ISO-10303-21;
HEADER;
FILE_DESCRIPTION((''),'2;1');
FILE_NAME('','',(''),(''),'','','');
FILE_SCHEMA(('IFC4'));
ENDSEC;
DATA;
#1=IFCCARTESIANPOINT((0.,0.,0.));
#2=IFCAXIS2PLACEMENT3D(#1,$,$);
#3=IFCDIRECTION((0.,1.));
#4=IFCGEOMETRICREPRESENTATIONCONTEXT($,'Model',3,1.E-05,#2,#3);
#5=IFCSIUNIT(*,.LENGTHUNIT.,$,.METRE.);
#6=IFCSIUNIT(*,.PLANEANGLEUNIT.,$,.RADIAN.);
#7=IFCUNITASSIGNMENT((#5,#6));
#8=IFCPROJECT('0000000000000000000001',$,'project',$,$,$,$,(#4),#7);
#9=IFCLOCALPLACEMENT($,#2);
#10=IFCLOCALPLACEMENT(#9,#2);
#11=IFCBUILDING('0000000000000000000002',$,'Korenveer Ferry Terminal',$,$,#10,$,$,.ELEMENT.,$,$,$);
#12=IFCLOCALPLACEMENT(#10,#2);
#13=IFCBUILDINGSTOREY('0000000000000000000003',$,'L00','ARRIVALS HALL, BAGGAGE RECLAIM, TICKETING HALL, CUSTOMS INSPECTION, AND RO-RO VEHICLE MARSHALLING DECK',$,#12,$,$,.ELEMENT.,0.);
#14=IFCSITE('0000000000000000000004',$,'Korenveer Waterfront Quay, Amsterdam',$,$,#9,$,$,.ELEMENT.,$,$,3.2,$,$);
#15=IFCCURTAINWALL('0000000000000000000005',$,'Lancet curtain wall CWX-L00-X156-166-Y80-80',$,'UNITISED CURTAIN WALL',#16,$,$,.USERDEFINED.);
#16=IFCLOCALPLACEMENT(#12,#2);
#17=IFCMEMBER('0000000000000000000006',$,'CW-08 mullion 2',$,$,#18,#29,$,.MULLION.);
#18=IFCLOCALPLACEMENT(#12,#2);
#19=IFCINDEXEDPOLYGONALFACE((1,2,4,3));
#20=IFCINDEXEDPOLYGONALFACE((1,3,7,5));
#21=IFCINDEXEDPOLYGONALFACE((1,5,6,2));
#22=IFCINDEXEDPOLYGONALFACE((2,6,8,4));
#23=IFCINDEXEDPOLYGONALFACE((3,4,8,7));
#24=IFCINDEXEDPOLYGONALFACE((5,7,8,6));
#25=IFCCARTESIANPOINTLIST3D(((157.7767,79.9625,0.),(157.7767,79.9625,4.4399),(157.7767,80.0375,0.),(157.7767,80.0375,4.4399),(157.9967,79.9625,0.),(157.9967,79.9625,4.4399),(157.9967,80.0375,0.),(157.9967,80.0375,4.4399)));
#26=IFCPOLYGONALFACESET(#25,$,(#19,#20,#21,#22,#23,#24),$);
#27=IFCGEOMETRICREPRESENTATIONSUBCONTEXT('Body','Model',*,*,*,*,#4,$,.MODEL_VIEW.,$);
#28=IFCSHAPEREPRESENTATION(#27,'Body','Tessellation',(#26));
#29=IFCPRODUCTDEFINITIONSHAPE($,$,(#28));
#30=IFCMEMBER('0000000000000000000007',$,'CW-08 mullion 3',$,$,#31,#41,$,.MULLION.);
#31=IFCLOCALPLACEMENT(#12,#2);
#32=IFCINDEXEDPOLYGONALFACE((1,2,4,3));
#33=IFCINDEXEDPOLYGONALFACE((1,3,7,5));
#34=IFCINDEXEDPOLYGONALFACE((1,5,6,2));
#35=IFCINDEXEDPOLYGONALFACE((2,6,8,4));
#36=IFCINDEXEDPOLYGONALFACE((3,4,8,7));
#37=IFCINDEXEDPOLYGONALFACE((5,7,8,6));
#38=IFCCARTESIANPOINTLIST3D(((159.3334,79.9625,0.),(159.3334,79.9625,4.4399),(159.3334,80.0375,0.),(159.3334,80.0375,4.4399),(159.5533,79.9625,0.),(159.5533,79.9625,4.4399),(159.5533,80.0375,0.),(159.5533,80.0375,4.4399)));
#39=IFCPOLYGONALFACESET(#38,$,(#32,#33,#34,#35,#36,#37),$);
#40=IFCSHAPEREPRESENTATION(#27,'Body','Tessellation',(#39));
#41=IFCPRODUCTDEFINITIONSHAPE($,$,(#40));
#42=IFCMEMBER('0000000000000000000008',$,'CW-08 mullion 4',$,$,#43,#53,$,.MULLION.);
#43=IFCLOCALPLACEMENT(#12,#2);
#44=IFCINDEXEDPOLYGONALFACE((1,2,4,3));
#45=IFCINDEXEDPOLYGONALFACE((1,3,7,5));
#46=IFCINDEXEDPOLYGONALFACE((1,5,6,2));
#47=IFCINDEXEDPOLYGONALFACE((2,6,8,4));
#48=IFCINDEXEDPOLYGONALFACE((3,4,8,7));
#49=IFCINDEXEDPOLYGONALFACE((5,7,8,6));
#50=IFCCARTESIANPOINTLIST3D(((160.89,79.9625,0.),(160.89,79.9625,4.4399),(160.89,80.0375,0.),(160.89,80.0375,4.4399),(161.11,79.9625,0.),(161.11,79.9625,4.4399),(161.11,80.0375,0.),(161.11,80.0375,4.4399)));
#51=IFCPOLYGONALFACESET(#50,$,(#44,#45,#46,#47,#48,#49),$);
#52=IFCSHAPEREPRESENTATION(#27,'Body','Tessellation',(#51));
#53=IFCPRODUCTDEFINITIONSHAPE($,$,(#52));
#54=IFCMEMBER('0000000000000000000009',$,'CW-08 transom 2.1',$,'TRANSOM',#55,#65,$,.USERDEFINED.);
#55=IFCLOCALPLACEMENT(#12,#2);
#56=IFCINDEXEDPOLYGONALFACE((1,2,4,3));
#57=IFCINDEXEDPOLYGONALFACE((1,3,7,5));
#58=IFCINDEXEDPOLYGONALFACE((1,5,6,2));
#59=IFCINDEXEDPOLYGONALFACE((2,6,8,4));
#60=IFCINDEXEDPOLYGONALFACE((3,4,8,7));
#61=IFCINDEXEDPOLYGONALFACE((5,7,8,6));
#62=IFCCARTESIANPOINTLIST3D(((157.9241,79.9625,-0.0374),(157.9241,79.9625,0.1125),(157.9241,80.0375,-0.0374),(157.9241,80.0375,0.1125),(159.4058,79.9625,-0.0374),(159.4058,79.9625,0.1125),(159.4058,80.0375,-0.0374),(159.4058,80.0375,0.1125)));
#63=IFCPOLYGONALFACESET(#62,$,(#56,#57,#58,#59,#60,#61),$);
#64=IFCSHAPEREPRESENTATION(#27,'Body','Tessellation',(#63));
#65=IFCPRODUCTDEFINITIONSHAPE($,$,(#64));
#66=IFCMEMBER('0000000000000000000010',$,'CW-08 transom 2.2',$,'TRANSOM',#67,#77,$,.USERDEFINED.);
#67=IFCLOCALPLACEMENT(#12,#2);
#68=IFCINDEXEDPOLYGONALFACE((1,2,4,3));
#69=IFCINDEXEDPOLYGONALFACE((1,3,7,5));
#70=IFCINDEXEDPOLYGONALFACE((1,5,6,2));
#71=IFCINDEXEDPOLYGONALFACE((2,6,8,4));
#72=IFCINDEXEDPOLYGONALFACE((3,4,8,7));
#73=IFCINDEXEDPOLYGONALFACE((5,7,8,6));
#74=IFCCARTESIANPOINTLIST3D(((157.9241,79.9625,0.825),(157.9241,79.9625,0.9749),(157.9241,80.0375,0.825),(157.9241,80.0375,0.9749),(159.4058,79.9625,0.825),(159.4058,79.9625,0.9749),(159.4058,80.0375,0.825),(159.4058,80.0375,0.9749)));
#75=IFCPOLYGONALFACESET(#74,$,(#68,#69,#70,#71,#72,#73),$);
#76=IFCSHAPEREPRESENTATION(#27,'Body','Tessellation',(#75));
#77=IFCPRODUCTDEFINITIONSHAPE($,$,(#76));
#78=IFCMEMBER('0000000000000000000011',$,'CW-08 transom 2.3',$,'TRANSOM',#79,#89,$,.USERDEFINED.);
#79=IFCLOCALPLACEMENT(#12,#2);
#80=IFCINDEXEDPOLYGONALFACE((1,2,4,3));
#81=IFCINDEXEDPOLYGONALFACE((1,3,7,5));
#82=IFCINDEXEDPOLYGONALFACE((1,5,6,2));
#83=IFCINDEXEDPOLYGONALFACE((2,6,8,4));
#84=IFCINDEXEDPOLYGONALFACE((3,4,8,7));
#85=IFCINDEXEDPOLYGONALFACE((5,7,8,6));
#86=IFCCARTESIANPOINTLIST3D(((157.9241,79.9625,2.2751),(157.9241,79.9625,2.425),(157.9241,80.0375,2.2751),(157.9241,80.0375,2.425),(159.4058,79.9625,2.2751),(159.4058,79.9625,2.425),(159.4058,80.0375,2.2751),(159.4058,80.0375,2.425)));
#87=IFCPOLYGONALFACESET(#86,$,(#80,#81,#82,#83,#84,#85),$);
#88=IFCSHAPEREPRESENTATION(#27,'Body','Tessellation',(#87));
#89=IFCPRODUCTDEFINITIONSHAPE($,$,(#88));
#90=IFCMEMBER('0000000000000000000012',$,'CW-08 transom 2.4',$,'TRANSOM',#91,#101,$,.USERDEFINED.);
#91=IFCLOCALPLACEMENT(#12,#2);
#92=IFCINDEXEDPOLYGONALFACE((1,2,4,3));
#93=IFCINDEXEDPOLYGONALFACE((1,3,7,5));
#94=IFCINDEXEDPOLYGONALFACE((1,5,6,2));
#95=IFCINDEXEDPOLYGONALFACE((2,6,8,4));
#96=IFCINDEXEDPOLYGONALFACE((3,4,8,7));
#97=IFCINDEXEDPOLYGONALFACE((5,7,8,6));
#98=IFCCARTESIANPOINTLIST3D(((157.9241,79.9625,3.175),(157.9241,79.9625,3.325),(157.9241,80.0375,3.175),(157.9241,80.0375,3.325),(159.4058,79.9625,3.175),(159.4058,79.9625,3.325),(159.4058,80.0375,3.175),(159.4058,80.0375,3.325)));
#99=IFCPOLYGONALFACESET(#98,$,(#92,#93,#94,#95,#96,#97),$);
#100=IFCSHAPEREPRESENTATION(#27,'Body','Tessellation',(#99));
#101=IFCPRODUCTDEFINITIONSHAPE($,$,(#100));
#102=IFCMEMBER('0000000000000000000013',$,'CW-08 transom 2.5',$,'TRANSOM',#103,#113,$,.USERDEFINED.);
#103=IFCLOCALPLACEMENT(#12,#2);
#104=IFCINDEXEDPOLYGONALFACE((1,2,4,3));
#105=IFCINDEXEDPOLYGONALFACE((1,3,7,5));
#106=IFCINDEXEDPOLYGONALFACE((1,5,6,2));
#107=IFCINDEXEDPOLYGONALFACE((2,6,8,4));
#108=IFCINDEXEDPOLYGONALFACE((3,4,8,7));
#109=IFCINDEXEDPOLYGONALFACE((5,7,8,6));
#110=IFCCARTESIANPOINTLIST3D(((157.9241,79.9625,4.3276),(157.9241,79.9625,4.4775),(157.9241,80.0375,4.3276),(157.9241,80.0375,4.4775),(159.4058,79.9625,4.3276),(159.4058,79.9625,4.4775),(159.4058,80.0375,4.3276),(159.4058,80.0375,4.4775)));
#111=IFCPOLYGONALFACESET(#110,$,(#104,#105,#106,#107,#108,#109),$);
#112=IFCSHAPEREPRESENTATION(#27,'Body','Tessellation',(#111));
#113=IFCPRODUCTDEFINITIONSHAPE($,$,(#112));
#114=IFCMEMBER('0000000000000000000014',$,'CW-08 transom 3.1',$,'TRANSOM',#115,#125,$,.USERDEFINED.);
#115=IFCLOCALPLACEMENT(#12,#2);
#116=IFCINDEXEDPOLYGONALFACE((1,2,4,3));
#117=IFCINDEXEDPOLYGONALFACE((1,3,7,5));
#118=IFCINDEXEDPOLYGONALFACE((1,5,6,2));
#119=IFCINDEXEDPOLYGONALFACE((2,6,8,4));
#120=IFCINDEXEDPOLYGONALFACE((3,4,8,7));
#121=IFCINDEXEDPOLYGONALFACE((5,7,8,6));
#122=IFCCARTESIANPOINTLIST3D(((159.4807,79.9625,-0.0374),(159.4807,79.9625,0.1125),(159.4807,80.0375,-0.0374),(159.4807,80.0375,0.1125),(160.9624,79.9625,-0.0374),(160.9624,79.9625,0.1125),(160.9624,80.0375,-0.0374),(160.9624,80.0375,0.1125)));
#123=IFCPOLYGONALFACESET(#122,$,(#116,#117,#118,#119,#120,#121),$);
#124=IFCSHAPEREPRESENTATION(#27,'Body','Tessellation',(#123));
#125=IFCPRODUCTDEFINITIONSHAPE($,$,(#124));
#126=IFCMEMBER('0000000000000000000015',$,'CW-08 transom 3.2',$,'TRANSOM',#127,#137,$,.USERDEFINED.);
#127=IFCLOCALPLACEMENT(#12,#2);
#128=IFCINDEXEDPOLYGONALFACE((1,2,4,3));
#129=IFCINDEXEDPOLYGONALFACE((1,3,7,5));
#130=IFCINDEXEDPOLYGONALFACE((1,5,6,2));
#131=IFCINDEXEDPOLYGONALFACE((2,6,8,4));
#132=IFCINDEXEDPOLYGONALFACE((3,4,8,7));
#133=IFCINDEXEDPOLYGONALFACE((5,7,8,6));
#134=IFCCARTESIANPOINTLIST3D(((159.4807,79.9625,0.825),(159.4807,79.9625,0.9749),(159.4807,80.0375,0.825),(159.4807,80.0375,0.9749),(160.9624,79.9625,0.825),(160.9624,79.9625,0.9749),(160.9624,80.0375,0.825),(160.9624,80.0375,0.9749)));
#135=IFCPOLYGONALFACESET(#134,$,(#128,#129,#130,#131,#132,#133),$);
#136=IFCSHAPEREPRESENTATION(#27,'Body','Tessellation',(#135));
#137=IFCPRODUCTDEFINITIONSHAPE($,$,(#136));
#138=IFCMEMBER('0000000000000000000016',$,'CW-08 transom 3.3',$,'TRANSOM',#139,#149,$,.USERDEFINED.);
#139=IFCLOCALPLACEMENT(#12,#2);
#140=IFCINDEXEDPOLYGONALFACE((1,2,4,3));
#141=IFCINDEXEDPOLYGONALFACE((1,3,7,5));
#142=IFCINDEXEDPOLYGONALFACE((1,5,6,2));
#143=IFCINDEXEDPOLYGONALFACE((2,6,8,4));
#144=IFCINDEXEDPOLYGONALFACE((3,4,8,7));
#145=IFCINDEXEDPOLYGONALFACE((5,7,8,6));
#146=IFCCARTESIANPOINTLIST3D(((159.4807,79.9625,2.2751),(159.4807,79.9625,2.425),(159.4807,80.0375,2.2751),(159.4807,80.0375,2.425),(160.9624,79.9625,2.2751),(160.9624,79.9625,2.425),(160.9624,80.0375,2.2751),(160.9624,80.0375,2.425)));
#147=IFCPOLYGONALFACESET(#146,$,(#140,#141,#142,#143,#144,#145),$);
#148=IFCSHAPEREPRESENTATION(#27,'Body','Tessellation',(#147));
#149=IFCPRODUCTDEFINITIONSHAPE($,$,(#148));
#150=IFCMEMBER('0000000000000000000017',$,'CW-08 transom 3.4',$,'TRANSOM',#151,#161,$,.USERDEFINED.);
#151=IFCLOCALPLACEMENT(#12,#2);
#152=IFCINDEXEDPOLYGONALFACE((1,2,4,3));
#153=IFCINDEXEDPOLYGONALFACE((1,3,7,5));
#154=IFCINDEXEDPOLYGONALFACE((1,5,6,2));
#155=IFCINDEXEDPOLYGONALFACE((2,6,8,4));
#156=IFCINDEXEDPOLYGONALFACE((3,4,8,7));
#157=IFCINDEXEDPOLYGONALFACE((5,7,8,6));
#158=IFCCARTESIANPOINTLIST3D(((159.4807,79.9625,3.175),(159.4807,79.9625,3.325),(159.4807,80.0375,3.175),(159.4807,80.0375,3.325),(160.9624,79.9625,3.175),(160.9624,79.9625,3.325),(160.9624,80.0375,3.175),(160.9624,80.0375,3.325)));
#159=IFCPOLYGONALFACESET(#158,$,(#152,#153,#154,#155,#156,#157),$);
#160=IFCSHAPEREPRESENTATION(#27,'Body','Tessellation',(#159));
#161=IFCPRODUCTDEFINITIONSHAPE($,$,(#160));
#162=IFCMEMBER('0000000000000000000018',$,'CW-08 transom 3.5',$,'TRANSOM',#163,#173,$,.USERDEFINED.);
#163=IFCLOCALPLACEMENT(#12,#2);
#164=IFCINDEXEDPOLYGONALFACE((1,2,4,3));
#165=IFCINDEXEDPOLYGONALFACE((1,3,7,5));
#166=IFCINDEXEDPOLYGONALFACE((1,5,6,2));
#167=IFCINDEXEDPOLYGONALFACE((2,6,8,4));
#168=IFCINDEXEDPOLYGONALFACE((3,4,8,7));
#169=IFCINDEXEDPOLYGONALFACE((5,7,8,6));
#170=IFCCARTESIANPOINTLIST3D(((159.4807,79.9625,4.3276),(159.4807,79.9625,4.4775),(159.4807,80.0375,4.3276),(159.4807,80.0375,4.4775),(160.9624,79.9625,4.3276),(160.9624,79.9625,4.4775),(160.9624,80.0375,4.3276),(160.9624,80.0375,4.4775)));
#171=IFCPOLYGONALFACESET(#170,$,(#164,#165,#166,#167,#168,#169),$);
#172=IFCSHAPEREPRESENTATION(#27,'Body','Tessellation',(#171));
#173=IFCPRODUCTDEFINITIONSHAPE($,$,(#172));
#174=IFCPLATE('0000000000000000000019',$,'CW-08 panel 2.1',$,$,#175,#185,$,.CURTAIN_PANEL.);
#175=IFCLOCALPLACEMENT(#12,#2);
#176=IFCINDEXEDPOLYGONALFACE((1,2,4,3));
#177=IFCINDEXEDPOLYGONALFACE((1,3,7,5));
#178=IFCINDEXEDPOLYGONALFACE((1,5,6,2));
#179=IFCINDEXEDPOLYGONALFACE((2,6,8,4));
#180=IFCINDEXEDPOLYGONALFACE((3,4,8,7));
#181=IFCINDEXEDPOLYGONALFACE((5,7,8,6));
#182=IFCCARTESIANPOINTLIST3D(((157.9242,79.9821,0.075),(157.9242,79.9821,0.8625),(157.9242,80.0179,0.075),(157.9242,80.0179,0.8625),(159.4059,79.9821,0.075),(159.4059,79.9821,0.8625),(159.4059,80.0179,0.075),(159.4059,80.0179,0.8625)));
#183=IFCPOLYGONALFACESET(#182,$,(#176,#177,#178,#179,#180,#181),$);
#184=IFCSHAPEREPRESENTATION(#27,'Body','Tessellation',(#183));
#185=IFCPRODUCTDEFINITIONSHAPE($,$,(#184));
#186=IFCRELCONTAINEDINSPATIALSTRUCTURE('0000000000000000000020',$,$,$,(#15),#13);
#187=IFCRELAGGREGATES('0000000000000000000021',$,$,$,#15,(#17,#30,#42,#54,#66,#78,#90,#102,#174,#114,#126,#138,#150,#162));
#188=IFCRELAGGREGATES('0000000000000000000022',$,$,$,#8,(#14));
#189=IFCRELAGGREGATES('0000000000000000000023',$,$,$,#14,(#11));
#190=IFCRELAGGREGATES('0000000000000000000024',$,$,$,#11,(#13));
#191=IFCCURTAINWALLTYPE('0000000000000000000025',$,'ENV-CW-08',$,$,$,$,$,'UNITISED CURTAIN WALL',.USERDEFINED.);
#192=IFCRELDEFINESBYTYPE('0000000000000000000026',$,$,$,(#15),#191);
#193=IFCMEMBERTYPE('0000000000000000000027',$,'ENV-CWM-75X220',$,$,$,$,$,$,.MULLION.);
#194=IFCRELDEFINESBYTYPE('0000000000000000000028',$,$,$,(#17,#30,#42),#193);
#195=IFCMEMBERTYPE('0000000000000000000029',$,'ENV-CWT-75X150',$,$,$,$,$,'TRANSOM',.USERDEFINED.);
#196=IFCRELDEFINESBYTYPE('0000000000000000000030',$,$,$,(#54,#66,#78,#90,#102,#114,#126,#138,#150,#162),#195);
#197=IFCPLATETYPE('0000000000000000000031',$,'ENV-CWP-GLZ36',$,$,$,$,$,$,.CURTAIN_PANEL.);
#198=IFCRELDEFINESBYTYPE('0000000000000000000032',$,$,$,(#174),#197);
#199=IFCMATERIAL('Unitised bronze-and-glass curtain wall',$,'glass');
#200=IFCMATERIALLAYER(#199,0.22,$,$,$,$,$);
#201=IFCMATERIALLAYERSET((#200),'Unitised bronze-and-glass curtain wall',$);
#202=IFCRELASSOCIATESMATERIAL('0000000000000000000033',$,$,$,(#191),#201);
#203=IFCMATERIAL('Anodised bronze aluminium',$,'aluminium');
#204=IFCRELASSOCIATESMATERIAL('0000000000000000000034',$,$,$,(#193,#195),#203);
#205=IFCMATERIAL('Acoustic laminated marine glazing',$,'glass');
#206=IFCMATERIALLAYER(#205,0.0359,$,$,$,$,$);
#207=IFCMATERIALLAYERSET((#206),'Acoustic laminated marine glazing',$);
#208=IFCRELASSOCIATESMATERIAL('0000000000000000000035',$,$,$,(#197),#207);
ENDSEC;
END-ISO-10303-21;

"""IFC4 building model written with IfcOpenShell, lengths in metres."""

from ifc_helpers import new_model, si_unit, direction, frame, origin, origin_2d, place, context, subcontext, project, spatial, rectangle, extrude, material, layer, layer_set, material_profile, profile_set, type_object, element, aggregate, save


model = new_model("IFC4")

# Units and contexts
model_context = context("Model", 3, precision=1e-05, world=origin(), true_north=direction((0.0, 1.0)))
body_context = subcontext(model_context, "Body", "Model", "MODEL_VIEW")
ifc_project = project(units=[si_unit("LENGTHUNIT", "METRE"), si_unit("PLANEANGLEUNIT", "RADIAN")], contexts=[model_context])

# Site, building, storey
site_placement = place(None, origin())
site = spatial("IfcSite", under=ifc_project, at=site_placement, Name="Korenveer Waterfront Quay, Amsterdam", CompositionType="ELEMENT", RefElevation=3.2)
building_placement = place(site_placement, origin())
building = spatial("IfcBuilding", under=site, at=building_placement, Name="Korenveer Ferry Terminal", CompositionType="ELEMENT")
storey_placement = place(building_placement, origin())
storey = spatial("IfcBuildingStorey", under=building, at=storey_placement, Name="L00", Description="ARRIVALS HALL, BAGGAGE RECLAIM, TICKETING HALL, CUSTOMS INSPECTION, AND RO-RO VEHICLE MARSHALLING DECK", CompositionType="ELEMENT", Elevation=0.0)

# Curtain wall, members, plate
ifc_material_1 = material(Name="Unitised bronze-and-glass curtain wall", Category="glass")
ifc_layer_1 = layer(ifc_material_1, 0.22)
ifc_layer_set_1 = layer_set([ifc_layer_1], Name="Unitised bronze-and-glass curtain wall")
curtain_wall_type = type_object("IfcCurtainWallType", Name="ENV-CW-08", ElementType="UNITISED CURTAIN WALL", PredefinedType="USERDEFINED", material=ifc_layer_set_1)
curtain_wall_placement = place(storey_placement, frame((156.3301, 80.0, 0.0)))
curtain_wall = element("IfcCurtainWall", 1, at=curtain_wall_placement, inside=storey, type_object=curtain_wall_type, Name="Lancet curtain wall CWX-L00-X156-166-Y80-80", ObjectType="UNITISED CURTAIN WALL", PredefinedType="USERDEFINED")
ifc_material_2 = material(Name="Anodised bronze aluminium", Category="aluminium")
ifc_material_profile_1 = material_profile(ifc_material_2, rectangle(XDim=0.075, YDim=0.22, at=origin_2d()), Name="ALU 75x220")
ifc_profile_set_1 = profile_set([ifc_material_profile_1], Name="Anodised bronze aluminium")
member_type_1 = type_object("IfcMemberType", Name="ENV-CWM-75X220", PredefinedType="MULLION", material=ifc_profile_set_1)
member_1_placement = place(storey_placement, frame((157.8867, 80.0, 0.0), z_axis=(0.0, 0.0, 1.0), x_axis=(0.0, 1.0, 0.0)))
member_1 = element("IfcMember", 2, at=member_1_placement, type_object=member_type_1, Name="CW-08 mullion 2", PredefinedType="MULLION", context=body_context, shape_type="SweptSolid", body=[
    extrude(rectangle(XDim=0.075, YDim=0.22, at=origin_2d()), origin(), (0.0, 0.0, 1.0), 4.4399),
])
member_2_placement = place(storey_placement, frame((159.4434, 80.0, 0.0), z_axis=(0.0, 0.0, 1.0), x_axis=(0.0, 1.0, 0.0)))
member_2 = element("IfcMember", 3, at=member_2_placement, type_object=member_type_1, Name="CW-08 mullion 3", PredefinedType="MULLION", context=body_context, shape_type="SweptSolid", body=[
    extrude(rectangle(XDim=0.075, YDim=0.22, at=origin_2d()), origin(), (0.0, 0.0, 1.0), 4.4399),
])
member_3_placement = place(storey_placement, frame((161.0, 80.0, 0.0), z_axis=(0.0, 0.0, 1.0), x_axis=(0.0, 1.0, 0.0)))
member_3 = element("IfcMember", 4, at=member_3_placement, type_object=member_type_1, Name="CW-08 mullion 4", PredefinedType="MULLION", context=body_context, shape_type="SweptSolid", body=[
    extrude(rectangle(XDim=0.075, YDim=0.22, at=origin_2d()), origin(), (0.0, 0.0, 1.0), 4.4399),
])
ifc_material_profile_2 = material_profile(ifc_material_2, rectangle(XDim=0.075, YDim=0.1499, at=origin_2d()), Name="ALU 75x150")
ifc_profile_set_2 = profile_set([ifc_material_profile_2], Name="Anodised bronze aluminium")
member_type_2 = type_object("IfcMemberType", Name="ENV-CWT-75X150", ElementType="TRANSOM", PredefinedType="USERDEFINED", material=ifc_profile_set_2)
member_4_placement = place(storey_placement, frame((157.9241, 80.0, 0.0376), z_axis=(1.0, 0.0, 0.0), x_axis=(0.0, 1.0, 0.0)))
member_4 = element("IfcMember", 5, at=member_4_placement, type_object=member_type_2, Name="CW-08 transom 2.1", ObjectType="TRANSOM", PredefinedType="USERDEFINED", context=body_context, shape_type="SweptSolid", body=[
    extrude(rectangle(XDim=0.075, YDim=0.1499, at=origin_2d()), origin(), (0.0, 0.0, 1.0), 1.4817),
])
member_5_placement = place(storey_placement, frame((157.9241, 80.0, 0.8999), z_axis=(1.0, 0.0, 0.0), x_axis=(0.0, 1.0, 0.0)))
member_5 = element("IfcMember", 6, at=member_5_placement, type_object=member_type_2, Name="CW-08 transom 2.2", ObjectType="TRANSOM", PredefinedType="USERDEFINED", context=body_context, shape_type="SweptSolid", body=[
    extrude(rectangle(XDim=0.075, YDim=0.1499, at=origin_2d()), origin(), (0.0, 0.0, 1.0), 1.4817),
])
member_6_placement = place(storey_placement, frame((157.9241, 80.0, 2.3501), z_axis=(1.0, 0.0, 0.0), x_axis=(0.0, 1.0, 0.0)))
member_6 = element("IfcMember", 7, at=member_6_placement, type_object=member_type_2, Name="CW-08 transom 2.3", ObjectType="TRANSOM", PredefinedType="USERDEFINED", context=body_context, shape_type="SweptSolid", body=[
    extrude(rectangle(XDim=0.075, YDim=0.1499, at=origin_2d()), origin(), (0.0, 0.0, 1.0), 1.4817),
])
member_7_placement = place(storey_placement, frame((157.9241, 80.0, 3.25), z_axis=(1.0, 0.0, 0.0), x_axis=(0.0, 1.0, 0.0)))
member_7 = element("IfcMember", 8, at=member_7_placement, type_object=member_type_2, Name="CW-08 transom 2.4", ObjectType="TRANSOM", PredefinedType="USERDEFINED", context=body_context, shape_type="SweptSolid", body=[
    extrude(rectangle(XDim=0.075, YDim=0.1499, at=origin_2d()), origin(), (0.0, 0.0, 1.0), 1.4817),
])
member_8_placement = place(storey_placement, frame((157.9241, 80.0, 4.4026), z_axis=(1.0, 0.0, 0.0), x_axis=(0.0, 1.0, 0.0)))
member_8 = element("IfcMember", 9, at=member_8_placement, type_object=member_type_2, Name="CW-08 transom 2.5", ObjectType="TRANSOM", PredefinedType="USERDEFINED", context=body_context, shape_type="SweptSolid", body=[
    extrude(rectangle(XDim=0.075, YDim=0.1499, at=origin_2d()), origin(), (0.0, 0.0, 1.0), 1.4817),
])
member_9_placement = place(storey_placement, frame((159.4807, 80.0, 0.0376), z_axis=(1.0, 0.0, 0.0), x_axis=(0.0, 1.0, 0.0)))
member_9 = element("IfcMember", 10, at=member_9_placement, type_object=member_type_2, Name="CW-08 transom 3.1", ObjectType="TRANSOM", PredefinedType="USERDEFINED", context=body_context, shape_type="SweptSolid", body=[
    extrude(rectangle(XDim=0.075, YDim=0.1499, at=origin_2d()), origin(), (0.0, 0.0, 1.0), 1.4817),
])
member_10_placement = place(storey_placement, frame((159.4807, 80.0, 0.8999), z_axis=(1.0, 0.0, 0.0), x_axis=(0.0, 1.0, 0.0)))
member_10 = element("IfcMember", 11, at=member_10_placement, type_object=member_type_2, Name="CW-08 transom 3.2", ObjectType="TRANSOM", PredefinedType="USERDEFINED", context=body_context, shape_type="SweptSolid", body=[
    extrude(rectangle(XDim=0.075, YDim=0.1499, at=origin_2d()), origin(), (0.0, 0.0, 1.0), 1.4817),
])
member_11_placement = place(storey_placement, frame((159.4807, 80.0, 2.3501), z_axis=(1.0, 0.0, 0.0), x_axis=(0.0, 1.0, 0.0)))
member_11 = element("IfcMember", 12, at=member_11_placement, type_object=member_type_2, Name="CW-08 transom 3.3", ObjectType="TRANSOM", PredefinedType="USERDEFINED", context=body_context, shape_type="SweptSolid", body=[
    extrude(rectangle(XDim=0.075, YDim=0.1499, at=origin_2d()), origin(), (0.0, 0.0, 1.0), 1.4817),
])
member_12_placement = place(storey_placement, frame((159.4807, 80.0, 3.25), z_axis=(1.0, 0.0, 0.0), x_axis=(0.0, 1.0, 0.0)))
member_12 = element("IfcMember", 13, at=member_12_placement, type_object=member_type_2, Name="CW-08 transom 3.4", ObjectType="TRANSOM", PredefinedType="USERDEFINED", context=body_context, shape_type="SweptSolid", body=[
    extrude(rectangle(XDim=0.075, YDim=0.1499, at=origin_2d()), origin(), (0.0, 0.0, 1.0), 1.4817),
])
member_13_placement = place(storey_placement, frame((159.4807, 80.0, 4.4026), z_axis=(1.0, 0.0, 0.0), x_axis=(0.0, 1.0, 0.0)))
member_13 = element("IfcMember", 14, at=member_13_placement, type_object=member_type_2, Name="CW-08 transom 3.5", ObjectType="TRANSOM", PredefinedType="USERDEFINED", context=body_context, shape_type="SweptSolid", body=[
    extrude(rectangle(XDim=0.075, YDim=0.1499, at=origin_2d()), origin(), (0.0, 0.0, 1.0), 1.4817),
])
ifc_material_3 = material(Name="Acoustic laminated marine glazing", Category="glass")
ifc_layer_2 = layer(ifc_material_3, 0.0359)
ifc_layer_set_2 = layer_set([ifc_layer_2], Name="Acoustic laminated marine glazing")
plate_type = type_object("IfcPlateType", Name="ENV-CWP-GLZ36", PredefinedType="CURTAIN_PANEL", material=ifc_layer_set_2)
plate_1_placement = place(storey_placement, frame((158.665, 80.0, 0.075), z_axis=(0.0, 0.0, 1.0), x_axis=(1.0, 0.0, 0.0)))
plate_1 = element("IfcPlate", 15, at=plate_1_placement, type_object=plate_type, Name="CW-08 panel 2.1", PredefinedType="CURTAIN_PANEL", context=body_context, shape_type="SweptSolid", body=[
    extrude(rectangle(XDim=1.4817, YDim=0.0359, at=origin_2d()), origin(), (0.0, 0.0, 1.0), 0.7876),
])
aggregate(curtain_wall, [member_1, member_2, member_3, member_4, member_5, member_6, member_7, member_8, plate_1, member_9, member_10, member_11, member_12, member_13])

save(model, "model.ifc")
